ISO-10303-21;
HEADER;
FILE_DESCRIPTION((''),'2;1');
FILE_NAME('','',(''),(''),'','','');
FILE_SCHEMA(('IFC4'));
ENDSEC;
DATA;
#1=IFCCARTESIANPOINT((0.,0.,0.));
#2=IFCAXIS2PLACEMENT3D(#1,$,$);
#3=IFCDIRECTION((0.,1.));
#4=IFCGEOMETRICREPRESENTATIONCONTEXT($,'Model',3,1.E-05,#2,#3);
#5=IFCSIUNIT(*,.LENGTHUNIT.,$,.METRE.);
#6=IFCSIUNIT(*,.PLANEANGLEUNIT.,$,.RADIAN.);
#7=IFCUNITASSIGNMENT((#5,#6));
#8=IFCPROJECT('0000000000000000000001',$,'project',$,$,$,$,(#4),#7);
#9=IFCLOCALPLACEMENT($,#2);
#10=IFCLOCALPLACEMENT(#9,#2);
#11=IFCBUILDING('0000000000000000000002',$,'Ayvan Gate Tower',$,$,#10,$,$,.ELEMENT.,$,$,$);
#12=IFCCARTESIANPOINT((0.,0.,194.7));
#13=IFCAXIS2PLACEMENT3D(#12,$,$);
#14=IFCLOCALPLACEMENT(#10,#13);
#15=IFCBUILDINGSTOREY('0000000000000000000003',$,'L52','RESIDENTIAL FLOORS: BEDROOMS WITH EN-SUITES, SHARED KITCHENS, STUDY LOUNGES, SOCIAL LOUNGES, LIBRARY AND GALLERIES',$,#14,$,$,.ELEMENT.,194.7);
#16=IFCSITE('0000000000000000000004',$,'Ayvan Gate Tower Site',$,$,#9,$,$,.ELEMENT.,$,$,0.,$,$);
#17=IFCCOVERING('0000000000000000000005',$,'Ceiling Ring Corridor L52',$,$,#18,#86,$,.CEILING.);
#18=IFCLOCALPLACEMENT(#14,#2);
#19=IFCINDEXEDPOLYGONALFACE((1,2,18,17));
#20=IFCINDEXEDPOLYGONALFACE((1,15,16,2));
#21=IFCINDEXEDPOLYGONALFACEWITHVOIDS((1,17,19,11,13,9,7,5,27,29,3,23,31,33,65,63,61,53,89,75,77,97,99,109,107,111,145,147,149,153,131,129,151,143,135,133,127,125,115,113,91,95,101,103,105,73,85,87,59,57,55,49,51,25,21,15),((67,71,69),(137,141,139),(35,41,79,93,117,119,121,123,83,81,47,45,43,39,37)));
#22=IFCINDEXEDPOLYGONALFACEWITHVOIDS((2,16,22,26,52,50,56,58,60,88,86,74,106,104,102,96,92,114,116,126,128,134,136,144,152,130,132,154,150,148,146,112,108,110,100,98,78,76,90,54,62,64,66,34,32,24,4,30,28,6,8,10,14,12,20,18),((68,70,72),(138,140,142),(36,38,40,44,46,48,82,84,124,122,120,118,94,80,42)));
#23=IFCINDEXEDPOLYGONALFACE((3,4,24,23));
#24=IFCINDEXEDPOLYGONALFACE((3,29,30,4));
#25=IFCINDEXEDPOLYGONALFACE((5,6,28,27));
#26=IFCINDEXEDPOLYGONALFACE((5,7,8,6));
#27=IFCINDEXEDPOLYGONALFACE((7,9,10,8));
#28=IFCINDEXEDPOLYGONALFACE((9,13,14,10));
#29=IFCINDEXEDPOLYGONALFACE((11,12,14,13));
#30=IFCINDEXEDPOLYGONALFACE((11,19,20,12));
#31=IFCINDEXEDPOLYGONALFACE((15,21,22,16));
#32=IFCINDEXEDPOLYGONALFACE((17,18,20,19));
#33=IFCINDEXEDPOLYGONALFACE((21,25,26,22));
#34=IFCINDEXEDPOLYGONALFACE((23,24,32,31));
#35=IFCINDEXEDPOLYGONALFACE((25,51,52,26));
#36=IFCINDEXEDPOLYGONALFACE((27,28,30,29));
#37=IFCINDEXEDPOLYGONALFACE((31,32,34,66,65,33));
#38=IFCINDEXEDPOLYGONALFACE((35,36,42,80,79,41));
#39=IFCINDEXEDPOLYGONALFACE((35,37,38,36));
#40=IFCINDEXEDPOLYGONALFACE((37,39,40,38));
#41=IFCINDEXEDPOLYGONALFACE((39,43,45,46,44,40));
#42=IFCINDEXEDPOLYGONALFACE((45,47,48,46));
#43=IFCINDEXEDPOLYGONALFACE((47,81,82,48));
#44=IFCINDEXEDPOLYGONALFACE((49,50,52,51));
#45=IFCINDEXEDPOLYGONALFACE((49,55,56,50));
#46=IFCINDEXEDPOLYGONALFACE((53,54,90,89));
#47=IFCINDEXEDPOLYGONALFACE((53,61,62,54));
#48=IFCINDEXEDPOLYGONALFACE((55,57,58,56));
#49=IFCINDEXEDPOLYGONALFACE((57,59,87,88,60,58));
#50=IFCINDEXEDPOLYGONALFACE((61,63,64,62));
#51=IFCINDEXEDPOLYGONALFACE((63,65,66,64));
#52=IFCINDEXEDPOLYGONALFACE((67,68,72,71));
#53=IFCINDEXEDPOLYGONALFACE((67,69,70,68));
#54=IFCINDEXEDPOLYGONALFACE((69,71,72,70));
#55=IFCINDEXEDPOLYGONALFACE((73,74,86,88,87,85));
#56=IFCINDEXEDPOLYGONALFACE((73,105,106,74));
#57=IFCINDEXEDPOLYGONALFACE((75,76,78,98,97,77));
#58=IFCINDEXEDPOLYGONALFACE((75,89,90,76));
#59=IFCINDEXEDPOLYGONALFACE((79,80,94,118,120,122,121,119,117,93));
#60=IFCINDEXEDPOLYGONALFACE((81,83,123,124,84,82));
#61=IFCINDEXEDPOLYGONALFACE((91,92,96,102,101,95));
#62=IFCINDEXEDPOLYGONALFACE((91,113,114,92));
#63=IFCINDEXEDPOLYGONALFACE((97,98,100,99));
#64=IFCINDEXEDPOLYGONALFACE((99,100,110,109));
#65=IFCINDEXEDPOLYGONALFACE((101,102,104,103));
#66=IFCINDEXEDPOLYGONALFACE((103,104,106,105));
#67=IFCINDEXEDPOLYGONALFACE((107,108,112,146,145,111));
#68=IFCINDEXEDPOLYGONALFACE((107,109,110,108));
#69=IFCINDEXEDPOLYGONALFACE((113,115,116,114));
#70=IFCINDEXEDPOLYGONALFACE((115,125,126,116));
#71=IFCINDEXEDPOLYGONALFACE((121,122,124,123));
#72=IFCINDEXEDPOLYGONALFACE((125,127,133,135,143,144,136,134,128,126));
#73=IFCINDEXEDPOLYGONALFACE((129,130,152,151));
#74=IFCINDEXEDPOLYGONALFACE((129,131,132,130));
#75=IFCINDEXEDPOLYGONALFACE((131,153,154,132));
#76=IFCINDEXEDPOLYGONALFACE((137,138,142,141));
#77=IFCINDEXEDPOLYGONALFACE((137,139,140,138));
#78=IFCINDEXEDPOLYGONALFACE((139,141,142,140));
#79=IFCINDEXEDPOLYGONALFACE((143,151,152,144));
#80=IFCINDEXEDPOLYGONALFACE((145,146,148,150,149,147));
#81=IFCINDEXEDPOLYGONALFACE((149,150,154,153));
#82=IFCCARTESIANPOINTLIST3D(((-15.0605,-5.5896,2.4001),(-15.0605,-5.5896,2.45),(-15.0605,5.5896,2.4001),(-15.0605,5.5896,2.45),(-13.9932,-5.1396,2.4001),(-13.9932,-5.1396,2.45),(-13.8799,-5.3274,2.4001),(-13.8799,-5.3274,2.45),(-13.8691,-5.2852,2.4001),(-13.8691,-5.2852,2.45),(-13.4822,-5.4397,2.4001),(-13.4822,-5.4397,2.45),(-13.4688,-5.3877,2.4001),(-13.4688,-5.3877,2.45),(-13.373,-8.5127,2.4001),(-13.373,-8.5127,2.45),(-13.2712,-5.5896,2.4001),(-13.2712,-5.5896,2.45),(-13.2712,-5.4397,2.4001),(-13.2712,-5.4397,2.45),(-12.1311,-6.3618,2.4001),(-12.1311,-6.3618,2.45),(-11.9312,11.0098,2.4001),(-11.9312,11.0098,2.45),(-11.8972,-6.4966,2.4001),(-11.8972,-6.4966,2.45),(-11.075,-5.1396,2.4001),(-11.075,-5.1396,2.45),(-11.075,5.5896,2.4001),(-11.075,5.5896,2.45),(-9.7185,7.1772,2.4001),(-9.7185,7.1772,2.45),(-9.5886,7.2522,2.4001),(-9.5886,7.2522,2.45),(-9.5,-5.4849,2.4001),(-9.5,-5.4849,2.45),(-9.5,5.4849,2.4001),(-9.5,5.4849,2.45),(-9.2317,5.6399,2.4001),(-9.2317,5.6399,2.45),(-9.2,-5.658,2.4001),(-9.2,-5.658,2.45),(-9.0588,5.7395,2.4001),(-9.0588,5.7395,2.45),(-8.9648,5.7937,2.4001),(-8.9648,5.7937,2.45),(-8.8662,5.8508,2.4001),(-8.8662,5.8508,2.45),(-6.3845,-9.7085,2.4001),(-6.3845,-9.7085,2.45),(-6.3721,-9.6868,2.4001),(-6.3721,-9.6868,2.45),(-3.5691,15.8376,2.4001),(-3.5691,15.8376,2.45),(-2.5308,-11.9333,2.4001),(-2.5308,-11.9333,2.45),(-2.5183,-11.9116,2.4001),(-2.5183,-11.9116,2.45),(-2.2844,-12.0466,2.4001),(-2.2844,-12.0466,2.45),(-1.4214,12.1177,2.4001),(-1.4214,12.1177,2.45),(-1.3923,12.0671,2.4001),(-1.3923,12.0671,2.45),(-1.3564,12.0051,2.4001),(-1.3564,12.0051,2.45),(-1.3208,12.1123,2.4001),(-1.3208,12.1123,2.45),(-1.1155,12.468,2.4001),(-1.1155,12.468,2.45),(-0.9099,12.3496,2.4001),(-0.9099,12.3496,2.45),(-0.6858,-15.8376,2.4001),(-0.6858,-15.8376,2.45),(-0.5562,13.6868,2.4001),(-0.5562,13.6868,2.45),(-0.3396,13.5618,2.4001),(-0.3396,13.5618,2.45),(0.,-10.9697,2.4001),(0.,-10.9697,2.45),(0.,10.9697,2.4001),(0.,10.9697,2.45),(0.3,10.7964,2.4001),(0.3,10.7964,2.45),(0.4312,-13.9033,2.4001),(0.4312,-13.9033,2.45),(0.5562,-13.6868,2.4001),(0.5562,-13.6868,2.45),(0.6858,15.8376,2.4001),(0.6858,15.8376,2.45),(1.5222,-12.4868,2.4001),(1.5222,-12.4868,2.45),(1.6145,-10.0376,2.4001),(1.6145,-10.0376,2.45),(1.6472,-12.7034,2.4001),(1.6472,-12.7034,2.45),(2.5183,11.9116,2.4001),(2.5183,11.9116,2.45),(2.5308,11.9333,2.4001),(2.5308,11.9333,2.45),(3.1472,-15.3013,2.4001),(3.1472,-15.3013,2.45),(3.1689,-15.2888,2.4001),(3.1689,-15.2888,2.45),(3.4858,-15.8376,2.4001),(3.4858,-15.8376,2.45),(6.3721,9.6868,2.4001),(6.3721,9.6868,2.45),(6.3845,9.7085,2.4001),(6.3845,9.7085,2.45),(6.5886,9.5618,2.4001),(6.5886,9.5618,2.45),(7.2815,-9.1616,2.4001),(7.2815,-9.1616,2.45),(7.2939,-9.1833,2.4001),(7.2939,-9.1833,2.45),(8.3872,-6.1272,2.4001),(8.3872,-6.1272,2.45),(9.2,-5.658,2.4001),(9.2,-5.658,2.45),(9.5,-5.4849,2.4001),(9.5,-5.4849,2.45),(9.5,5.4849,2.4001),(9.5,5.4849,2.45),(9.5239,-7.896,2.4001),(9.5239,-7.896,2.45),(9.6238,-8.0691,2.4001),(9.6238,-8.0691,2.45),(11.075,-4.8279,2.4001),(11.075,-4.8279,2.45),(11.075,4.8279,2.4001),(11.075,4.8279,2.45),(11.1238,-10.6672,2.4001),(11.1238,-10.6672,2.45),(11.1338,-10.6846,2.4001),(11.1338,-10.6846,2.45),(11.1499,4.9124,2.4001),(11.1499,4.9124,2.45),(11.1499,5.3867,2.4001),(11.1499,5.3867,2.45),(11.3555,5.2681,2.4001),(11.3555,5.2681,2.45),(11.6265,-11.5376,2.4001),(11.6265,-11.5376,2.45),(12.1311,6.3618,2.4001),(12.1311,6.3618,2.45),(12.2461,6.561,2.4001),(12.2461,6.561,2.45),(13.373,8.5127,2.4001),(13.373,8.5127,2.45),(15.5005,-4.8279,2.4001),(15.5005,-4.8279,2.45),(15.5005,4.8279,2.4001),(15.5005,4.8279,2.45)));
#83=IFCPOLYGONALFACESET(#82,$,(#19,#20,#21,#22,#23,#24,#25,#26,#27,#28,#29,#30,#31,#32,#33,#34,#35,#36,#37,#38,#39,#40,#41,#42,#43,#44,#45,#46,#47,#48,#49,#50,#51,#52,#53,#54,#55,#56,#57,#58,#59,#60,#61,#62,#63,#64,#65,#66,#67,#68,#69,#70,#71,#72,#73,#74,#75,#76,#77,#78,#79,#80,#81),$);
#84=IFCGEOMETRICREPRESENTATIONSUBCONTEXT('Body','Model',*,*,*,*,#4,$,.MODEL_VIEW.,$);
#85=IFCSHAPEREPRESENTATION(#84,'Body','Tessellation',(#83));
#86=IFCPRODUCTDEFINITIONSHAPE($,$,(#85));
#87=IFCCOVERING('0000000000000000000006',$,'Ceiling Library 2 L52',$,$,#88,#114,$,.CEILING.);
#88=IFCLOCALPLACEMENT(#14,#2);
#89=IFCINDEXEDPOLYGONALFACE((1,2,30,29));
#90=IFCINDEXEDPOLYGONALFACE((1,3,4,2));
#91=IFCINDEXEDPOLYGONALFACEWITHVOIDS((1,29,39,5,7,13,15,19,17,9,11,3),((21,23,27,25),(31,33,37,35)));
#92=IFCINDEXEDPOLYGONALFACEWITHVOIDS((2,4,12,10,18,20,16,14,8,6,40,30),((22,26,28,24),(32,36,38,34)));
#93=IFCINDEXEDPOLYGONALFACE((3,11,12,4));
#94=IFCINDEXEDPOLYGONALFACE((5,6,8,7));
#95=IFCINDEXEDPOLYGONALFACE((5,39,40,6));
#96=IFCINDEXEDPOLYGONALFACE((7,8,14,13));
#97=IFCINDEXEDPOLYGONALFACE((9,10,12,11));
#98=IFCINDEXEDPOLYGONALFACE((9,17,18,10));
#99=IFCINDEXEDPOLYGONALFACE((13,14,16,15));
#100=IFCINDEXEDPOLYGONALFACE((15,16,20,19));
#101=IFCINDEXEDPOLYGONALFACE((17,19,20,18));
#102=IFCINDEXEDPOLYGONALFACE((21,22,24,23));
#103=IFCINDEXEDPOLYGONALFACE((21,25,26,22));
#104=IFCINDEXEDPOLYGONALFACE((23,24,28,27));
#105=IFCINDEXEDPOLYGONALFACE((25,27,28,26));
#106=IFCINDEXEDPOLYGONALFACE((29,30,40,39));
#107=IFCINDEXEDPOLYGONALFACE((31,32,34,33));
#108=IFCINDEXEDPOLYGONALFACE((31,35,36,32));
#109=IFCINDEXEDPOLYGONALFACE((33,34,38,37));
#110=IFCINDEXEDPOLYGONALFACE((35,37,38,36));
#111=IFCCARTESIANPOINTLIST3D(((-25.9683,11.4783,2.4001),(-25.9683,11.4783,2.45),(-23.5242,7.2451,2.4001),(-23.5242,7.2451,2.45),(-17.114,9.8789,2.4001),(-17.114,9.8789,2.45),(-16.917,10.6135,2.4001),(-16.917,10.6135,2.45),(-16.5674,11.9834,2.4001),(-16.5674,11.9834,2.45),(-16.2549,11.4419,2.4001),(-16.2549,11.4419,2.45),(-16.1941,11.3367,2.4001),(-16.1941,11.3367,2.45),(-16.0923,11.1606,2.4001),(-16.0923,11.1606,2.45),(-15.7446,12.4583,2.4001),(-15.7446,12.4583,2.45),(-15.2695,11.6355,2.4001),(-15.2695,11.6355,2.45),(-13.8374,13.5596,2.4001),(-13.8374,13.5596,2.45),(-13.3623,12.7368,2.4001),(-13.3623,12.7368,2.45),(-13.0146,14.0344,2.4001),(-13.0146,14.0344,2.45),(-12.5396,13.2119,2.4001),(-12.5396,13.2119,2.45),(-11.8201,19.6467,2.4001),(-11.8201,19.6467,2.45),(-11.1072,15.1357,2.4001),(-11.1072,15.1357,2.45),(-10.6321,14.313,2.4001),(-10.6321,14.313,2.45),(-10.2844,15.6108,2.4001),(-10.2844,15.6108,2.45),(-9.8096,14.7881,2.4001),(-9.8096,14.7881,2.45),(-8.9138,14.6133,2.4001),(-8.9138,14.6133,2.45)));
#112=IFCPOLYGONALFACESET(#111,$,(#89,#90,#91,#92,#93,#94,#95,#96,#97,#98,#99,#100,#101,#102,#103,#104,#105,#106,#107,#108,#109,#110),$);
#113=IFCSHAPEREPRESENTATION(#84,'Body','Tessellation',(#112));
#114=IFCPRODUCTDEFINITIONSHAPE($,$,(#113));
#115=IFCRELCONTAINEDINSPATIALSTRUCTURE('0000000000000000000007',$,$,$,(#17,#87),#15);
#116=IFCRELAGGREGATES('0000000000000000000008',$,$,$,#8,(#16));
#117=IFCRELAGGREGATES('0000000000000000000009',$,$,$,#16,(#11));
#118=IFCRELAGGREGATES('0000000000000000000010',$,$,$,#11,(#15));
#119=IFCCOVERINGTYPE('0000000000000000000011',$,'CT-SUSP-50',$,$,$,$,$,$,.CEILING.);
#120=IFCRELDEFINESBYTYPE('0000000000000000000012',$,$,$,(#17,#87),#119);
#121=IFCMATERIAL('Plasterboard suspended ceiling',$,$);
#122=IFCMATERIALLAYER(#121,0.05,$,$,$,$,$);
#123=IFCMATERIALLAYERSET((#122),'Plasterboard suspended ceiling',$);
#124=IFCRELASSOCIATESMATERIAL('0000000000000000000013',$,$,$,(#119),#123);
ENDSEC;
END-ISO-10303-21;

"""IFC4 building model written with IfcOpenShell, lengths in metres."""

from ifc_helpers import new_model, si_unit, direction, frame, origin, place, context, subcontext, project, spatial, polyline, outline, extrude, material, layer, layer_set, type_object, element, save


model = new_model("IFC4")

# Units and contexts
model_context = context("Model", 3, precision=1e-05, world=origin(), true_north=direction((0.0, 1.0)))
body_context = subcontext(model_context, "Body", "Model", "MODEL_VIEW")
ifc_project = project(units=[si_unit("LENGTHUNIT", "METRE"), si_unit("PLANEANGLEUNIT", "RADIAN")], contexts=[model_context])

# Site, building, storey
site_placement = place(None, origin())
site = spatial("IfcSite", under=ifc_project, at=site_placement, Name="Ayvan Gate Tower Site", CompositionType="ELEMENT", RefElevation=0.0)
building_placement = place(site_placement, origin())
building = spatial("IfcBuilding", under=site, at=building_placement, Name="Ayvan Gate Tower", CompositionType="ELEMENT")
storey_placement = place(building_placement, frame((0.0, 0.0, 194.7)))
storey = spatial("IfcBuildingStorey", under=building, at=storey_placement, Name="L52", Description="RESIDENTIAL FLOORS: BEDROOMS WITH EN-SUITES, SHARED KITCHENS, STUDY LOUNGES, SOCIAL LOUNGES, LIBRARY AND GALLERIES", CompositionType="ELEMENT", Elevation=194.7)

# Coverings
ifc_material_1 = material(Name="Plasterboard suspended ceiling")
ifc_layer_1 = layer(ifc_material_1, 0.05)
ifc_layer_set_1 = layer_set([ifc_layer_1], Name="Plasterboard suspended ceiling")
covering_type = type_object("IfcCoveringType", Name="CT-SUSP-50", PredefinedType="CEILING", material=ifc_layer_set_1)
covering_1_placement = place(storey_placement, frame((0.0, 0.0, 2.4001)))
element("IfcCovering", 1, at=covering_1_placement, inside=storey, type_object=covering_type, Name="Ceiling Ring Corridor L52", PredefinedType="CEILING", context=body_context, shape_type="SweptSolid", body=[
    extrude(outline(polyline([(-13.9932, -5.1396), (-11.075, -5.1396), (-11.075, 5.5896), (-15.0605, 5.5896), (-11.9312, 11.0098), (-9.7185, 7.1772), (-9.5886, 7.2522), (-1.3564, 12.0051), (-1.3923, 12.0671), (-1.4214, 12.1177), (-3.5691, 15.8376), (0.6858, 15.8376), (-0.5562, 13.6868), (-0.3396, 13.5618), (2.5183, 11.9116), (2.5308, 11.9333), (6.3845, 9.7085), (6.3721, 9.6868), (6.5886, 9.5618), (12.1311, 6.3618), (12.2461, 6.561), (13.373, 8.5127), (15.5005, 4.8279), (11.075, 4.8279), (11.075, -4.8279), (15.5005, -4.8279), (11.6265, -11.5376), (11.1338, -10.6846), (11.1238, -10.6672), (9.6238, -8.0691), (9.5239, -7.896), (7.2939, -9.1833), (7.2815, -9.1616), (1.5222, -12.4868), (1.6472, -12.7034), (3.1472, -15.3013), (3.1689, -15.2888), (3.4858, -15.8376), (-0.6858, -15.8376), (0.4312, -13.9033), (0.5562, -13.6868), (-2.2844, -12.0466), (-2.5183, -11.9116), (-2.5308, -11.9333), (-6.3845, -9.7085), (-6.3721, -9.6868), (-11.8972, -6.4966), (-12.1311, -6.3618), (-13.373, -8.5127), (-15.0605, -5.5896), (-13.2712, -5.5896), (-13.2712, -5.4397), (-13.4822, -5.4397), (-13.4688, -5.3877), (-13.8691, -5.2852), (-13.8799, -5.3274), (-13.9932, -5.1396)]), holes=[polyline([(11.3555, 5.2681), (11.1499, 5.3867), (11.1499, 4.9124), (11.3555, 5.2681)]), polyline([(0.0, -10.9697), (1.6145, -10.0376), (8.3872, -6.1272), (9.2, -5.658), (9.5, -5.4849), (9.5, 5.4849), (0.3, 10.7964), (0.0, 10.9697), (-8.8662, 5.8508), (-8.9648, 5.7937), (-9.0588, 5.7395), (-9.2317, 5.6399), (-9.5, 5.4849), (-9.5, -5.4849), (-9.2, -5.658), (0.0, -10.9697)]), polyline([(-0.9099, 12.3496), (-1.1155, 12.468), (-1.3208, 12.1123), (-0.9099, 12.3496)])]), origin(), (0.0, 0.0, 1.0), 0.0498),
])
covering_2_placement = place(storey_placement, frame((0.0, 0.0, 2.4001)))
element("IfcCovering", 2, at=covering_2_placement, inside=storey, type_object=covering_type, Name="Ceiling Library 2 L52", PredefinedType="CEILING", context=body_context, shape_type="SweptSolid", body=[
    extrude(outline(polyline([(-8.9138, 14.6133), (-17.114, 9.8789), (-16.917, 10.6135), (-16.1941, 11.3367), (-16.0923, 11.1606), (-15.2695, 11.6355), (-15.7446, 12.4583), (-16.5674, 11.9834), (-16.2549, 11.4419), (-23.5242, 7.2451), (-25.9683, 11.4783), (-11.8201, 19.6467), (-8.9138, 14.6133)]), holes=[polyline([(-10.2844, 15.6108), (-11.1072, 15.1357), (-10.6321, 14.313), (-9.8096, 14.7881), (-10.2844, 15.6108)]), polyline([(-13.0146, 14.0344), (-13.8374, 13.5596), (-13.3623, 12.7368), (-12.5396, 13.2119), (-13.0146, 14.0344)])]), origin(), (0.0, 0.0, 1.0), 0.0498),
])

save(model, "model.ifc")
